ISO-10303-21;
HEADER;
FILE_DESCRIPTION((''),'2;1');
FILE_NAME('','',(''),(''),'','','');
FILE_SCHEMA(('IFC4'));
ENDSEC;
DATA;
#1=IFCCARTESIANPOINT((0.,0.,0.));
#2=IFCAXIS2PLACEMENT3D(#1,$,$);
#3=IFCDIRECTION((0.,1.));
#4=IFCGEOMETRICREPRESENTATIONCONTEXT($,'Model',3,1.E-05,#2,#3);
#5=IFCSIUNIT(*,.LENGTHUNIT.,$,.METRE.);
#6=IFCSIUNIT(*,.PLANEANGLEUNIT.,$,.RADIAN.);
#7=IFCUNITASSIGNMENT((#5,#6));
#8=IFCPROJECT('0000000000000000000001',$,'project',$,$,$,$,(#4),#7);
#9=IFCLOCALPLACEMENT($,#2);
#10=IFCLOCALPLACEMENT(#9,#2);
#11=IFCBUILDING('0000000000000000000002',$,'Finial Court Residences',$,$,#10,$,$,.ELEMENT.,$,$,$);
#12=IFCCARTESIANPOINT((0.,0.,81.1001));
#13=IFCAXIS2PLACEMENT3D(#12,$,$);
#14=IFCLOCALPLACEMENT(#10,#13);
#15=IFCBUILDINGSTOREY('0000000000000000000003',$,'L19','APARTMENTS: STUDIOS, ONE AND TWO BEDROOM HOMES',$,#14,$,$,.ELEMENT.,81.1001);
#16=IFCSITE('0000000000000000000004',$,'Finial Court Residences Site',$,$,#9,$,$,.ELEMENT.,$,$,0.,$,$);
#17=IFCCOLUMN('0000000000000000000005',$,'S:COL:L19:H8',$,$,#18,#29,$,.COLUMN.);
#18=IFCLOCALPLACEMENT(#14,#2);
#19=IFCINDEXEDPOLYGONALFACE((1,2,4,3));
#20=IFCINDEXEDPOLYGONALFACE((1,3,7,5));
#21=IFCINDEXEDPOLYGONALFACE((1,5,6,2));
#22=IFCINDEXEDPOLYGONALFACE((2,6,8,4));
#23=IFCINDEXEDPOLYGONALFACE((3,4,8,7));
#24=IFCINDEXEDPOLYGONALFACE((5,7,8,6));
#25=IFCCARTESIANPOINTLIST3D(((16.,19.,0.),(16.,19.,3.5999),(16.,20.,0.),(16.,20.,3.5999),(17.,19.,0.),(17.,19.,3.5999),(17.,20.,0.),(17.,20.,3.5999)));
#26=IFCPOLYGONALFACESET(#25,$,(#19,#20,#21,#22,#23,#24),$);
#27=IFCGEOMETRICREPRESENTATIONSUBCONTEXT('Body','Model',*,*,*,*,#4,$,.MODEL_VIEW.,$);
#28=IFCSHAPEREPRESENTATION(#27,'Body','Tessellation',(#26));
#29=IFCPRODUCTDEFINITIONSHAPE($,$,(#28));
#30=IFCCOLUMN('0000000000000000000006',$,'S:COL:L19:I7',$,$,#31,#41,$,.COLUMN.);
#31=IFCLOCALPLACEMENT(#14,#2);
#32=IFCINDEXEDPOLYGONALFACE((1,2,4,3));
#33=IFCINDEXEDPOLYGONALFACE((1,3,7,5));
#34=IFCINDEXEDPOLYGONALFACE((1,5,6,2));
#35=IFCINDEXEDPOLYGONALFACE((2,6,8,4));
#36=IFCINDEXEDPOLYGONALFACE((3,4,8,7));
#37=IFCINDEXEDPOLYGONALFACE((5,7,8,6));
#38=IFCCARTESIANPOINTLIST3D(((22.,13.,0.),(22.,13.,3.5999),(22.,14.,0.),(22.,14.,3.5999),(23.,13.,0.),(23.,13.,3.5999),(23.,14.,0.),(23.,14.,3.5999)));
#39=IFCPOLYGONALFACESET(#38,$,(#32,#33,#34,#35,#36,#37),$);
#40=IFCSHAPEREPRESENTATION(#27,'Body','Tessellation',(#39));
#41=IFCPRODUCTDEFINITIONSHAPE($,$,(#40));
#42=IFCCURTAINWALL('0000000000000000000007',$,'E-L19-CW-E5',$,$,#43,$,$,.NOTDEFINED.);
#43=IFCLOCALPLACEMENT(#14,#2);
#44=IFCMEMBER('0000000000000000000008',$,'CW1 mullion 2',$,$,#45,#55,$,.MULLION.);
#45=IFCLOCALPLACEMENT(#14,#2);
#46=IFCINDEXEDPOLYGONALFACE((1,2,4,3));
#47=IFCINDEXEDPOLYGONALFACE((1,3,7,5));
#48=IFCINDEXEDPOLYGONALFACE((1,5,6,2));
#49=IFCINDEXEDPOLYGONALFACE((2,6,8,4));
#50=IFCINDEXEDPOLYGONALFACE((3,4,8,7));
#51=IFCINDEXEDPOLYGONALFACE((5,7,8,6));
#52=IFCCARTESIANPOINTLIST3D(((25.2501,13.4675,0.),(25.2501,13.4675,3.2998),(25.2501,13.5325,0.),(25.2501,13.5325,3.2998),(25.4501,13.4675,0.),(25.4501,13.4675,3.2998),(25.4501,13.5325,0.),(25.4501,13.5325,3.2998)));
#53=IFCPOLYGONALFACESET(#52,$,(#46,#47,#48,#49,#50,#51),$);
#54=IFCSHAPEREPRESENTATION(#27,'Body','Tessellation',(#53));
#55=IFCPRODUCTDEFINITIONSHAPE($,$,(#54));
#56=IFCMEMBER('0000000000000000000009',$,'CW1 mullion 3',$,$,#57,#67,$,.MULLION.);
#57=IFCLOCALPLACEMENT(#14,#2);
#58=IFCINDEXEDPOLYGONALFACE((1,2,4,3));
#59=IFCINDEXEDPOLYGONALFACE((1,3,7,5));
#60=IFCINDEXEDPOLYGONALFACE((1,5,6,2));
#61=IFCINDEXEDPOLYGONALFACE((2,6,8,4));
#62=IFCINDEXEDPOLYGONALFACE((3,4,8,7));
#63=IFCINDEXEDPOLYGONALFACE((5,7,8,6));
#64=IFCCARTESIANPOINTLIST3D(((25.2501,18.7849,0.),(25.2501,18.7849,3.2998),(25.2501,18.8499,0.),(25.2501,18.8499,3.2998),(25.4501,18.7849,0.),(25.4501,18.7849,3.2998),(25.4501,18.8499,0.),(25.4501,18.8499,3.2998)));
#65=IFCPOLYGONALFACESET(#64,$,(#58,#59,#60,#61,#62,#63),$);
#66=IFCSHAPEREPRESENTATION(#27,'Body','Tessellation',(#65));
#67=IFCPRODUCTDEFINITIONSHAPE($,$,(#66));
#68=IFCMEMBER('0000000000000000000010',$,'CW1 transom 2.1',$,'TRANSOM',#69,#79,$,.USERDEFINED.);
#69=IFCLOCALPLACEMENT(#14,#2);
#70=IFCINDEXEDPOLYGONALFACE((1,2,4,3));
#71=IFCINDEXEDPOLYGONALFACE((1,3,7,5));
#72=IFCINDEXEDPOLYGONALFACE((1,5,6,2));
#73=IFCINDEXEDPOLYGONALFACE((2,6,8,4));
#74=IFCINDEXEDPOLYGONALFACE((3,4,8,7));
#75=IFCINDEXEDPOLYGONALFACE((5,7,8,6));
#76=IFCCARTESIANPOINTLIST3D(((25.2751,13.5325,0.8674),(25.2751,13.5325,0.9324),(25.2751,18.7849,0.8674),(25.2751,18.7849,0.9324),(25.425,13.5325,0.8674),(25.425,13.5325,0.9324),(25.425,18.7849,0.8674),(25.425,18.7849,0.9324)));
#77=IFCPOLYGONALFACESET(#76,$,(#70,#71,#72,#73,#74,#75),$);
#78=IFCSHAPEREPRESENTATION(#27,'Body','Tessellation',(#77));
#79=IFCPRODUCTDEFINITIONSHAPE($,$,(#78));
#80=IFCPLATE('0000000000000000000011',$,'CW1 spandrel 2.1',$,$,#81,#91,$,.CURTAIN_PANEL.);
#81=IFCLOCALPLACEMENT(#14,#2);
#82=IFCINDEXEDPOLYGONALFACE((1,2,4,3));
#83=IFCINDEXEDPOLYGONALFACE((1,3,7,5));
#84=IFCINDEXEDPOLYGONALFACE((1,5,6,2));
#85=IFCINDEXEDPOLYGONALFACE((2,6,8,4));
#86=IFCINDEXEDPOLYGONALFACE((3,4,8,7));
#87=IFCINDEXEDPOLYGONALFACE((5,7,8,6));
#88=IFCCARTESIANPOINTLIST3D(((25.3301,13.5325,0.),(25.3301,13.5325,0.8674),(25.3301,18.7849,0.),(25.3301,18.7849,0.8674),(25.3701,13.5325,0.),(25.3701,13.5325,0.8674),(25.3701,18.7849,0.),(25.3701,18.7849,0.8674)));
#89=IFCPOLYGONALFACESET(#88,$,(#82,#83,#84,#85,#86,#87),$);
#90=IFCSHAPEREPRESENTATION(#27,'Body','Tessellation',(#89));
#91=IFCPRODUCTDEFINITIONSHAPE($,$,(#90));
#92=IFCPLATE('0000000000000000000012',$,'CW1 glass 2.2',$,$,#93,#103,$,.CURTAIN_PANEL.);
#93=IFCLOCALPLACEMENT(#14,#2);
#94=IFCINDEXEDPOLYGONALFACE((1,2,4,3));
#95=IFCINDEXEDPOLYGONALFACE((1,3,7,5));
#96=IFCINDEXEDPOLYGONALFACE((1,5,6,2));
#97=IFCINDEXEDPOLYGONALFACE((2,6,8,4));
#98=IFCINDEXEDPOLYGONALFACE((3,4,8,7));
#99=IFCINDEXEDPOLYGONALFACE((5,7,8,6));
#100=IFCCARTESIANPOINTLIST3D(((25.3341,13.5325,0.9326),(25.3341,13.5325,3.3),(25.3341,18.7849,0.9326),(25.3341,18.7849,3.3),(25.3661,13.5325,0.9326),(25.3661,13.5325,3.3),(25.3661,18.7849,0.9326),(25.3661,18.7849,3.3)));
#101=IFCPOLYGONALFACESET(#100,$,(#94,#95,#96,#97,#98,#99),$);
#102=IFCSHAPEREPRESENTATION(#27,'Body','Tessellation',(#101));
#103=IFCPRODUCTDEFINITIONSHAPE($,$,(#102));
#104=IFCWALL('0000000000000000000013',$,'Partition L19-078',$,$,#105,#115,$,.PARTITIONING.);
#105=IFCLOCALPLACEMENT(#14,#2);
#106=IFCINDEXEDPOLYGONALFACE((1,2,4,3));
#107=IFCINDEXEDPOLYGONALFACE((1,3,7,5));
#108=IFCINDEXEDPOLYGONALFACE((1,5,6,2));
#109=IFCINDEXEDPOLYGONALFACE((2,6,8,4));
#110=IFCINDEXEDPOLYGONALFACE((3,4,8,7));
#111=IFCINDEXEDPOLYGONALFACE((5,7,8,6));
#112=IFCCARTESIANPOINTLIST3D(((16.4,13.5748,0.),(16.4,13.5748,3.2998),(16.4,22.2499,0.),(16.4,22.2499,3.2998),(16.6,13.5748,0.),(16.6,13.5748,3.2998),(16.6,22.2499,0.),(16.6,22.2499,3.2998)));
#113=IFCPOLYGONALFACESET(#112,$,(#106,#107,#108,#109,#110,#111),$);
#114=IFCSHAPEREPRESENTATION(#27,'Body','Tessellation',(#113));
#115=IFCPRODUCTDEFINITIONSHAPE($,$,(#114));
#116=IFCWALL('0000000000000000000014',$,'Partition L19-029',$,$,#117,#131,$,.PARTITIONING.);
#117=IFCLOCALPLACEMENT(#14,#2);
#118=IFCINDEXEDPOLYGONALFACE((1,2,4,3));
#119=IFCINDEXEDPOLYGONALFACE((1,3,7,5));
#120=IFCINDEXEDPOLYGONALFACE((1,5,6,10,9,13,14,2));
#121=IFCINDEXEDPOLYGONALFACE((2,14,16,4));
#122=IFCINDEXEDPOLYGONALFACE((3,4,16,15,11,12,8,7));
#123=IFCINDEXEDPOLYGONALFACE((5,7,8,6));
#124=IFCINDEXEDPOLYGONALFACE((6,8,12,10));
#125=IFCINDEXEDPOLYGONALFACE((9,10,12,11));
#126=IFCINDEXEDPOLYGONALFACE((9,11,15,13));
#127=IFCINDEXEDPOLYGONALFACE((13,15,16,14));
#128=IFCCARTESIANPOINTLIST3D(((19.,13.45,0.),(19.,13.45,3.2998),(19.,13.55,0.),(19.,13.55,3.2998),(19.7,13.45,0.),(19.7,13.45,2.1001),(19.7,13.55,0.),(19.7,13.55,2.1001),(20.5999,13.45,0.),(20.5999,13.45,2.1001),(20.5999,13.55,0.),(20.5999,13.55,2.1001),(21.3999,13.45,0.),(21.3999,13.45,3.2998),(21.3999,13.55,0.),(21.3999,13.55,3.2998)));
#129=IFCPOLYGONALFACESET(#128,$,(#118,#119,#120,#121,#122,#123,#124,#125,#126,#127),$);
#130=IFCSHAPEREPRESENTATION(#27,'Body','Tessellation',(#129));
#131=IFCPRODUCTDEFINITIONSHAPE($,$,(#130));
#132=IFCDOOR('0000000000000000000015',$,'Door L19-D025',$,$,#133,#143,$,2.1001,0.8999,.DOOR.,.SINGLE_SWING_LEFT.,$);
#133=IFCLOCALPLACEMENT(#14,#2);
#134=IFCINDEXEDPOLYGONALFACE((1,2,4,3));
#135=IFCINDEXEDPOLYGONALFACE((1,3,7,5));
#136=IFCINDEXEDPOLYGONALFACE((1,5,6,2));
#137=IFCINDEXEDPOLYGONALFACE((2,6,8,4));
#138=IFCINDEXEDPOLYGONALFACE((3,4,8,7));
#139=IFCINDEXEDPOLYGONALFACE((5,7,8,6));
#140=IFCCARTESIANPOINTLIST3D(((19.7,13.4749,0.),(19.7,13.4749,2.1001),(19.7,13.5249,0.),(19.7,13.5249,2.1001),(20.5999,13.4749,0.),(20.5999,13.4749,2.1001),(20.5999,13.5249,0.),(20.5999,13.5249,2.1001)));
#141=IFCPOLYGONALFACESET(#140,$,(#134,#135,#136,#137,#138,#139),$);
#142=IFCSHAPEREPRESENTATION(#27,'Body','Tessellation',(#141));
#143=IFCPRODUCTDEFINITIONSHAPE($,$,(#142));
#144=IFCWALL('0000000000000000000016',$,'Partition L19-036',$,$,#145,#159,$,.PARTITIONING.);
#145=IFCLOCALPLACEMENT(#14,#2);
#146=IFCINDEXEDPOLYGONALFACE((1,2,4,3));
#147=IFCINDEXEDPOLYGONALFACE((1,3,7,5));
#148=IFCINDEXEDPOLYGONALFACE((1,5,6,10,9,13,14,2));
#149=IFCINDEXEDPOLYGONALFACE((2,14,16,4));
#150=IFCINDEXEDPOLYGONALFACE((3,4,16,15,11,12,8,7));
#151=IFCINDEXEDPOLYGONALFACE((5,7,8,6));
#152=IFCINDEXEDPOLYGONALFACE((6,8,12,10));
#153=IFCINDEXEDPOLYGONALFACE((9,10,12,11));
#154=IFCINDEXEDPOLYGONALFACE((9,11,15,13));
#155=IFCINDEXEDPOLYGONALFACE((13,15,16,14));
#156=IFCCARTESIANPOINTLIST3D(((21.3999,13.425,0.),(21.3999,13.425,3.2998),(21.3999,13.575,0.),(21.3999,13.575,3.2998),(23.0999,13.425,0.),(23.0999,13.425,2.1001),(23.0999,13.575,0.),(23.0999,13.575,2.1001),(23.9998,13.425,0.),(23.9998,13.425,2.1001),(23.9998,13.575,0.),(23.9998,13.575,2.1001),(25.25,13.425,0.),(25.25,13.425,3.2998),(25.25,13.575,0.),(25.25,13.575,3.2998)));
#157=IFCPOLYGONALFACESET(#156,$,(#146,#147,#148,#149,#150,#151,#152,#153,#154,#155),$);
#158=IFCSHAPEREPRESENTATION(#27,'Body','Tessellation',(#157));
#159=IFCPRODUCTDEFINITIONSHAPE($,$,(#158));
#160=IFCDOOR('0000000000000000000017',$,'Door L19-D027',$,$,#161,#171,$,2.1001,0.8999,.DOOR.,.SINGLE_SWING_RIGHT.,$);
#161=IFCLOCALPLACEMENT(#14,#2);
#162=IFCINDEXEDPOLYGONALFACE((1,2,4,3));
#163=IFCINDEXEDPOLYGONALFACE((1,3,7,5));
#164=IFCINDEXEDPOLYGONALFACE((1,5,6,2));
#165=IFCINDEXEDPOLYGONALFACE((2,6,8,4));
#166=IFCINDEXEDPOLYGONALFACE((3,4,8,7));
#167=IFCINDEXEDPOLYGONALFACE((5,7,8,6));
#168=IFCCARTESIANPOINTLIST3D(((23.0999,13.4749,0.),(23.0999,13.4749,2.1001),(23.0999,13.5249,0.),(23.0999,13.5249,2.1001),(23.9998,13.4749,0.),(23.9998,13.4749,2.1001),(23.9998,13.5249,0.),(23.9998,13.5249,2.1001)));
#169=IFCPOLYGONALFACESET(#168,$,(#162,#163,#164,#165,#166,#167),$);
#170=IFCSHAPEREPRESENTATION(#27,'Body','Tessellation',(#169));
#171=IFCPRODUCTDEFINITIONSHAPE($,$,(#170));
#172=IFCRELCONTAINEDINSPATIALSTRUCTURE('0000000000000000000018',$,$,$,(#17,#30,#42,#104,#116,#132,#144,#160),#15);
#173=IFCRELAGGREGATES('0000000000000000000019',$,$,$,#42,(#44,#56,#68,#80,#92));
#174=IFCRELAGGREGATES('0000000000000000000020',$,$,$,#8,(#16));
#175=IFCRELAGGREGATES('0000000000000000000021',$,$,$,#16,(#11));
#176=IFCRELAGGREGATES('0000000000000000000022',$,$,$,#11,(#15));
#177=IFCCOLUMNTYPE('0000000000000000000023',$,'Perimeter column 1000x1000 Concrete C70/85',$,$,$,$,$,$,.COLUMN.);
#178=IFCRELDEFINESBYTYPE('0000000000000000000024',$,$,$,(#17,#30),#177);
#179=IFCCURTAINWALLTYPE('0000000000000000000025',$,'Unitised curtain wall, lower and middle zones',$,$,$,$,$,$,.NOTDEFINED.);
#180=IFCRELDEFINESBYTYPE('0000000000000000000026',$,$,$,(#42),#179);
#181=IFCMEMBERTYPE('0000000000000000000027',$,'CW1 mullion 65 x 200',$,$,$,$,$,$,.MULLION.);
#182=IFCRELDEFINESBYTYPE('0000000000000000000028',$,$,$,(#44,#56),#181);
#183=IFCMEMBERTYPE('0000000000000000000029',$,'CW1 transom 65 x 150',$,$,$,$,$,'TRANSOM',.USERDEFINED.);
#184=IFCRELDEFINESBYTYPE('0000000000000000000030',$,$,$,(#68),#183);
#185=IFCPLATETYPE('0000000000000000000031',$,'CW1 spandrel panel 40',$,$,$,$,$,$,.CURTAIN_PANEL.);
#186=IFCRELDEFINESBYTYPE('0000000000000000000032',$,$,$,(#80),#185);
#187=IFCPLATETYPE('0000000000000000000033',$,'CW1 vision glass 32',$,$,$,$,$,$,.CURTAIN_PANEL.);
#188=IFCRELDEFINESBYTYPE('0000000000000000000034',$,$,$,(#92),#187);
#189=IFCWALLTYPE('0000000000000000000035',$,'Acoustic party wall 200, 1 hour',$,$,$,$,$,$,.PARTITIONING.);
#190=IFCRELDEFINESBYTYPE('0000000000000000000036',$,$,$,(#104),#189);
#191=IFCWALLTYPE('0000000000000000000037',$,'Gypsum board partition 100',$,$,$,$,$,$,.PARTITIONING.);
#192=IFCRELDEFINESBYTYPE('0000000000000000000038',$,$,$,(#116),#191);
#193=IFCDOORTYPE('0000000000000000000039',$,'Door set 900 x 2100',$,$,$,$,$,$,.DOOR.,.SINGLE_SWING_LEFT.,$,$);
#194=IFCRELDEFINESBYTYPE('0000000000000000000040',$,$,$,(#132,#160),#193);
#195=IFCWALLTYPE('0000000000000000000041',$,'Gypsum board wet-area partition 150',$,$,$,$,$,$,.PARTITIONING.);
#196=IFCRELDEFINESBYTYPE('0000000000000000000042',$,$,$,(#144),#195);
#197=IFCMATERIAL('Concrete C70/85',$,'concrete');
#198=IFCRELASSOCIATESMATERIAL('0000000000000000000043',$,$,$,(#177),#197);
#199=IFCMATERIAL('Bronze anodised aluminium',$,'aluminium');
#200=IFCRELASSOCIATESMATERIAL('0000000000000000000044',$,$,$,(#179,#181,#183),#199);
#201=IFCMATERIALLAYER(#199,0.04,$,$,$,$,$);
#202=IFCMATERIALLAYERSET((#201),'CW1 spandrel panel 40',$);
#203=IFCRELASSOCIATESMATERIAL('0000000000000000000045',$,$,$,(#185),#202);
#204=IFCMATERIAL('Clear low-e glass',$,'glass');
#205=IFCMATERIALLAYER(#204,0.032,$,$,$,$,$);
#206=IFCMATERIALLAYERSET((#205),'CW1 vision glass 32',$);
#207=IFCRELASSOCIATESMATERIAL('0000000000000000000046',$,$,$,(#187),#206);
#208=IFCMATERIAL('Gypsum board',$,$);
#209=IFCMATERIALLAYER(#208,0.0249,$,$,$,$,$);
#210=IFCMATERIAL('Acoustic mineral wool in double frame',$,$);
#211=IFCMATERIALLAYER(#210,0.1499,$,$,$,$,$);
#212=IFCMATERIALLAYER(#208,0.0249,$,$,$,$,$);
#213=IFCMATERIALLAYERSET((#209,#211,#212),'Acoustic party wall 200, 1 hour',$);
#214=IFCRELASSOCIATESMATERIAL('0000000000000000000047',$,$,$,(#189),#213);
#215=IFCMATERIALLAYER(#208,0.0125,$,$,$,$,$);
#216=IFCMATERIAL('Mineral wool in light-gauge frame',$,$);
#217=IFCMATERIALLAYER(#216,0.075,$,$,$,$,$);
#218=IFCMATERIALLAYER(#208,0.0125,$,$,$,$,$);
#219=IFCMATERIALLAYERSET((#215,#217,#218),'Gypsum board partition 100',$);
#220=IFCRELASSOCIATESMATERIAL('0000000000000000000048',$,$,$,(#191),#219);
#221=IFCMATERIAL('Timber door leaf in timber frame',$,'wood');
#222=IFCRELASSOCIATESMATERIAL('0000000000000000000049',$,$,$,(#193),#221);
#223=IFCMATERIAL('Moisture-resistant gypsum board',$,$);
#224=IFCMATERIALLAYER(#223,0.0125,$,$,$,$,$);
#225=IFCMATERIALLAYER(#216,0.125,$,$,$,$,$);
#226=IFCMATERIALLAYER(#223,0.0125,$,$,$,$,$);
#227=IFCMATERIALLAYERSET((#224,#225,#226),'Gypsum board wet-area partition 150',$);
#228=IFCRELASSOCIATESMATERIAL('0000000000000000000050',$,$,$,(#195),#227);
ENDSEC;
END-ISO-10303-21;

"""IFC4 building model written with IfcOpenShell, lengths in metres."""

from ifc_helpers import new_model, si_unit, direction, frame, frame_2d, origin, origin_2d, place, context, subcontext, project, spatial, rectangle, extrude, material, layer, layer_set, material_profile, profile_set, type_object, element, fill, aggregate, save


model = new_model("IFC4")

# Units and contexts
model_context = context("Model", 3, precision=1e-05, world=origin(), true_north=direction((0.0, 1.0)))
body_context = subcontext(model_context, "Body", "Model", "MODEL_VIEW")
ifc_project = project(units=[si_unit("LENGTHUNIT", "METRE"), si_unit("PLANEANGLEUNIT", "RADIAN")], contexts=[model_context])

# Site, building, storey
site_placement = place(None, origin())
site = spatial("IfcSite", under=ifc_project, at=site_placement, Name="Finial Court Residences Site", CompositionType="ELEMENT", RefElevation=0.0)
building_placement = place(site_placement, origin())
building = spatial("IfcBuilding", under=site, at=building_placement, Name="Finial Court Residences", CompositionType="ELEMENT")
storey_placement = place(building_placement, frame((0.0, 0.0, 81.1001)))
storey = spatial("IfcBuildingStorey", under=building, at=storey_placement, Name="L19", Description="APARTMENTS: STUDIOS, ONE AND TWO BEDROOM HOMES", CompositionType="ELEMENT", Elevation=81.1001)

# Columns
ifc_material_1 = material(Name="Concrete C70/85", Category="concrete")
ifc_material_profile_1 = material_profile(ifc_material_1, rectangle(XDim=1.0, YDim=1.0, at=origin_2d()), Name="1000x1000")
ifc_profile_set_1 = profile_set([ifc_material_profile_1], Name="Concrete C70/85")
column_type = type_object("IfcColumnType", Name="Perimeter column 1000x1000 Concrete C70/85", PredefinedType="COLUMN", material=ifc_profile_set_1)
for number, where, z_axis, x_axis, name in (
    (1, (16.5, 19.5, 0.0), (0.0, 0.0, 1.0), (1.0, 0.0, 0.0), "S:COL:L19:H8"),
    (2, (22.5, 13.5, 0.0), (0.0, 0.0, 1.0), (1.0, 0.0, 0.0), "S:COL:L19:I7"),
):
    element("IfcColumn", number, at=place(storey_placement, frame(where, z_axis=z_axis, x_axis=x_axis)), inside=storey, type_object=column_type, Name=name, PredefinedType="COLUMN", context=body_context, shape_type="SweptSolid", body=[
        extrude(rectangle(XDim=1.0, YDim=1.0, at=origin_2d()), origin(), (0.0, 0.0, 1.0), 3.5999),
    ])

# Curtain wall, members, plates
ifc_material_2 = material(Name="Bronze anodised aluminium", Category="aluminium")
curtain_wall_type = type_object("IfcCurtainWallType", Name="Unitised curtain wall, lower and middle zones", PredefinedType="NOTDEFINED", material=ifc_material_2)
curtain_wall_placement = place(storey_placement, origin())
curtain_wall = element("IfcCurtainWall", 3, at=curtain_wall_placement, inside=storey, type_object=curtain_wall_type, Name="E-L19-CW-E5", PredefinedType="NOTDEFINED")
ifc_material_profile_2 = material_profile(ifc_material_2, rectangle(XDim=0.2, YDim=0.0649, at=origin_2d()), Name="CW1 mullion 65 x 200")
ifc_profile_set_2 = profile_set([ifc_material_profile_2], Name="Bronze anodised aluminium")
member_type_1 = type_object("IfcMemberType", Name="CW1 mullion 65 x 200", PredefinedType="MULLION", material=ifc_profile_set_2)
member_1_placement = place(storey_placement, frame((25.3501, 13.5, 0.0), z_axis=(0.0, 0.0, 1.0), x_axis=(-1.0, 0.0, 0.0)))
member_1 = element("IfcMember", 4, at=member_1_placement, type_object=member_type_1, Name="CW1 mullion 2", PredefinedType="MULLION", context=body_context, shape_type="SweptSolid", body=[
    extrude(rectangle(XDim=0.2, YDim=0.0649, at=origin_2d()), origin(), (0.0, 0.0, 1.0), 3.2998),
])
member_2_placement = place(storey_placement, frame((25.3501, 18.8174, 0.0), z_axis=(0.0, 0.0, 1.0), x_axis=(-1.0, 0.0, 0.0)))
member_2 = element("IfcMember", 5, at=member_2_placement, type_object=member_type_1, Name="CW1 mullion 3", PredefinedType="MULLION", context=body_context, shape_type="SweptSolid", body=[
    extrude(rectangle(XDim=0.2, YDim=0.0649, at=origin_2d()), origin(), (0.0, 0.0, 1.0), 3.2998),
])
ifc_material_profile_3 = material_profile(ifc_material_2, rectangle(XDim=0.1499, YDim=0.0649, at=origin_2d()), Name="CW1 transom 65 x 150")
ifc_profile_set_3 = profile_set([ifc_material_profile_3], Name="Bronze anodised aluminium")
member_type_2 = type_object("IfcMemberType", Name="CW1 transom 65 x 150", ElementType="TRANSOM", PredefinedType="USERDEFINED", material=ifc_profile_set_3)
member_3_placement = place(storey_placement, frame((25.3501, 13.5325, 0.8999), z_axis=(0.0, 1.0, 0.0), x_axis=(-1.0, 0.0, 0.0)))
member_3 = element("IfcMember", 6, at=member_3_placement, type_object=member_type_2, Name="CW1 transom 2.1", ObjectType="TRANSOM", PredefinedType="USERDEFINED", context=body_context, shape_type="SweptSolid", body=[
    extrude(rectangle(XDim=0.1499, YDim=0.0649, at=origin_2d()), origin(), (0.0, 0.0, 1.0), 5.2524),
])
ifc_layer_1 = layer(ifc_material_2, 0.04)
ifc_layer_set_1 = layer_set([ifc_layer_1], Name="CW1 spandrel panel 40")
plate_type_1 = type_object("IfcPlateType", Name="CW1 spandrel panel 40", PredefinedType="CURTAIN_PANEL", material=ifc_layer_set_1)
plate_1_placement = place(storey_placement, frame((25.3501, 16.1587, 0.0), z_axis=(0.0, 0.0, 1.0), x_axis=(0.0, 1.0, 0.0)))
plate_1 = element("IfcPlate", 7, at=plate_1_placement, type_object=plate_type_1, Name="CW1 spandrel 2.1", PredefinedType="CURTAIN_PANEL", context=body_context, shape_type="SweptSolid", body=[
    extrude(rectangle(XDim=5.2524, YDim=0.04, at=origin_2d()), origin(), (0.0, 0.0, 1.0), 0.8674),
])
ifc_material_3 = material(Name="Clear low-e glass", Category="glass")
ifc_layer_2 = layer(ifc_material_3, 0.032)
ifc_layer_set_2 = layer_set([ifc_layer_2], Name="CW1 vision glass 32")
plate_type_2 = type_object("IfcPlateType", Name="CW1 vision glass 32", PredefinedType="CURTAIN_PANEL", material=ifc_layer_set_2)
plate_2_placement = place(storey_placement, frame((25.3501, 16.1587, 0.9326), z_axis=(0.0, 0.0, 1.0), x_axis=(0.0, 1.0, 0.0)))
plate_2 = element("IfcPlate", 8, at=plate_2_placement, type_object=plate_type_2, Name="CW1 glass 2.2", PredefinedType="CURTAIN_PANEL", context=body_context, shape_type="SweptSolid", body=[
    extrude(rectangle(XDim=5.2524, YDim=0.032, at=origin_2d()), origin(), (0.0, 0.0, 1.0), 2.3674),
])
aggregate(curtain_wall, [member_1, member_2, member_3, plate_1, plate_2])

# Wall
ifc_material_4 = material(Name="Gypsum board")
ifc_layer_3 = layer(ifc_material_4, 0.0249)
ifc_material_5 = material(Name="Acoustic mineral wool in double frame")
ifc_layer_4 = layer(ifc_material_5, 0.1499)
ifc_layer_5 = layer(ifc_material_4, 0.0249)
ifc_layer_set_3 = layer_set([ifc_layer_3, ifc_layer_4, ifc_layer_5], Name="Acoustic party wall 200, 1 hour")
wall_type_1 = type_object("IfcWallType", Name="Acoustic party wall 200, 1 hour", PredefinedType="PARTITIONING", material=ifc_layer_set_3)
wall_1_placement = place(storey_placement, frame((16.5, 13.575, 0.0), z_axis=(0.0, 0.0, 1.0), x_axis=(0.0, 1.0, 0.0)))
element("IfcWall", 9, at=wall_1_placement, inside=storey, type_object=wall_type_1, Name="Partition L19-078", PredefinedType="PARTITIONING", context=body_context, shape_type="SweptSolid", body=[
    extrude(rectangle(XDim=8.675, YDim=0.2, at=frame_2d((4.3374, 0.0))), origin(), (0.0, 0.0, 1.0), 3.2998),
])

# Walls, openings, doors
ifc_layer_6 = layer(ifc_material_4, 0.0125)
ifc_material_6 = material(Name="Mineral wool in light-gauge frame")
ifc_layer_7 = layer(ifc_material_6, 0.075)
ifc_layer_8 = layer(ifc_material_4, 0.0125)
ifc_layer_set_4 = layer_set([ifc_layer_6, ifc_layer_7, ifc_layer_8], Name="Gypsum board partition 100")
wall_type_2 = type_object("IfcWallType", Name="Gypsum board partition 100", PredefinedType="PARTITIONING", material=ifc_layer_set_4)
wall_2_placement = place(storey_placement, frame((19.0, 13.5, 0.0), z_axis=(0.0, 0.0, 1.0), x_axis=(1.0, 0.0, 0.0)))
wall_2 = element("IfcWall", 10, at=wall_2_placement, inside=storey, type_object=wall_type_2, Name="Partition L19-029", PredefinedType="PARTITIONING", context=body_context, shape_type="SweptSolid", body=[
    extrude(rectangle(XDim=2.3999, YDim=0.1001, at=frame_2d((1.2, 0.0))), origin(), (0.0, 0.0, 1.0), 3.2998),
])
opening_1_placement = place(wall_2_placement, frame((0.7, 0.0, 0.0)))
opening_1 = element("IfcOpeningElement", 11, at=opening_1_placement, cuts=wall_2, PredefinedType="OPENING", context=body_context, shape_type="SweptSolid", body=[
    extrude(rectangle(XDim=0.8999, YDim=2.1001, at=frame_2d((0.45, 1.05))), frame((0.0, 0.0601, 0.0), z_axis=(0.0, -1.0, 0.0), x_axis=(1.0, 0.0, 0.0)), (0.0, 0.0, 1.0), 0.1201),
])
ifc_material_7 = material(Name="Timber door leaf in timber frame", Category="wood")
door_type_1 = type_object("IfcDoorType", Name="Door set 900 x 2100", OperationType="SINGLE_SWING_LEFT", PredefinedType="DOOR", material=ifc_material_7)
door_1_placement = place(opening_1_placement, origin())
door_1 = element("IfcDoor", 12, at=door_1_placement, inside=storey, type_object=door_type_1, Name="Door L19-D025", OperationType="SINGLE_SWING_LEFT", OverallHeight=2.1001, OverallWidth=0.8999, PredefinedType="DOOR", context=body_context, shape_type="SweptSolid", body=[
    extrude(rectangle(XDim=0.8999, YDim=2.1001, at=frame_2d((0.45, 1.05))), frame((0.0, 0.0249, 0.0), z_axis=(0.0, -1.0, 0.0), x_axis=(1.0, 0.0, 0.0)), (0.0, 0.0, 1.0), 0.05),
])
fill(opening_1, door_1)
ifc_material_8 = material(Name="Moisture-resistant gypsum board")
ifc_layer_9 = layer(ifc_material_8, 0.0125)
ifc_layer_10 = layer(ifc_material_6, 0.125)
ifc_layer_11 = layer(ifc_material_8, 0.0125)
ifc_layer_set_5 = layer_set([ifc_layer_9, ifc_layer_10, ifc_layer_11], Name="Gypsum board wet-area partition 150")
wall_type_3 = type_object("IfcWallType", Name="Gypsum board wet-area partition 150", PredefinedType="PARTITIONING", material=ifc_layer_set_5)
wall_3_placement = place(storey_placement, frame((21.3999, 13.5, 0.0), z_axis=(0.0, 0.0, 1.0), x_axis=(1.0, 0.0, 0.0)))
wall_3 = element("IfcWall", 13, at=wall_3_placement, inside=storey, type_object=wall_type_3, Name="Partition L19-036", PredefinedType="PARTITIONING", context=body_context, shape_type="SweptSolid", body=[
    extrude(rectangle(XDim=3.8501, YDim=0.1499, at=frame_2d((1.925, 0.0))), origin(), (0.0, 0.0, 1.0), 3.2998),
])
opening_2_placement = place(wall_3_placement, frame((1.7, 0.0, 0.0)))
opening_2 = element("IfcOpeningElement", 14, at=opening_2_placement, cuts=wall_3, PredefinedType="OPENING", context=body_context, shape_type="SweptSolid", body=[
    extrude(rectangle(XDim=0.8999, YDim=2.1001, at=frame_2d((0.45, 1.05))), frame((0.0, 0.085, 0.0), z_axis=(0.0, -1.0, 0.0), x_axis=(1.0, 0.0, 0.0)), (0.0, 0.0, 1.0), 0.1699),
])
door_2_placement = place(opening_2_placement, origin())
door_2 = element("IfcDoor", 15, at=door_2_placement, inside=storey, type_object=door_type_1, Name="Door L19-D027", OperationType="SINGLE_SWING_RIGHT", OverallHeight=2.1001, OverallWidth=0.8999, PredefinedType="DOOR", context=body_context, shape_type="SweptSolid", body=[
    extrude(rectangle(XDim=0.8999, YDim=2.1001, at=frame_2d((0.45, 1.05))), frame((0.0, 0.0249, 0.0), z_axis=(0.0, -1.0, 0.0), x_axis=(1.0, 0.0, 0.0)), (0.0, 0.0, 1.0), 0.05),
])
fill(opening_2, door_2)

save(model, "model.ifc")
